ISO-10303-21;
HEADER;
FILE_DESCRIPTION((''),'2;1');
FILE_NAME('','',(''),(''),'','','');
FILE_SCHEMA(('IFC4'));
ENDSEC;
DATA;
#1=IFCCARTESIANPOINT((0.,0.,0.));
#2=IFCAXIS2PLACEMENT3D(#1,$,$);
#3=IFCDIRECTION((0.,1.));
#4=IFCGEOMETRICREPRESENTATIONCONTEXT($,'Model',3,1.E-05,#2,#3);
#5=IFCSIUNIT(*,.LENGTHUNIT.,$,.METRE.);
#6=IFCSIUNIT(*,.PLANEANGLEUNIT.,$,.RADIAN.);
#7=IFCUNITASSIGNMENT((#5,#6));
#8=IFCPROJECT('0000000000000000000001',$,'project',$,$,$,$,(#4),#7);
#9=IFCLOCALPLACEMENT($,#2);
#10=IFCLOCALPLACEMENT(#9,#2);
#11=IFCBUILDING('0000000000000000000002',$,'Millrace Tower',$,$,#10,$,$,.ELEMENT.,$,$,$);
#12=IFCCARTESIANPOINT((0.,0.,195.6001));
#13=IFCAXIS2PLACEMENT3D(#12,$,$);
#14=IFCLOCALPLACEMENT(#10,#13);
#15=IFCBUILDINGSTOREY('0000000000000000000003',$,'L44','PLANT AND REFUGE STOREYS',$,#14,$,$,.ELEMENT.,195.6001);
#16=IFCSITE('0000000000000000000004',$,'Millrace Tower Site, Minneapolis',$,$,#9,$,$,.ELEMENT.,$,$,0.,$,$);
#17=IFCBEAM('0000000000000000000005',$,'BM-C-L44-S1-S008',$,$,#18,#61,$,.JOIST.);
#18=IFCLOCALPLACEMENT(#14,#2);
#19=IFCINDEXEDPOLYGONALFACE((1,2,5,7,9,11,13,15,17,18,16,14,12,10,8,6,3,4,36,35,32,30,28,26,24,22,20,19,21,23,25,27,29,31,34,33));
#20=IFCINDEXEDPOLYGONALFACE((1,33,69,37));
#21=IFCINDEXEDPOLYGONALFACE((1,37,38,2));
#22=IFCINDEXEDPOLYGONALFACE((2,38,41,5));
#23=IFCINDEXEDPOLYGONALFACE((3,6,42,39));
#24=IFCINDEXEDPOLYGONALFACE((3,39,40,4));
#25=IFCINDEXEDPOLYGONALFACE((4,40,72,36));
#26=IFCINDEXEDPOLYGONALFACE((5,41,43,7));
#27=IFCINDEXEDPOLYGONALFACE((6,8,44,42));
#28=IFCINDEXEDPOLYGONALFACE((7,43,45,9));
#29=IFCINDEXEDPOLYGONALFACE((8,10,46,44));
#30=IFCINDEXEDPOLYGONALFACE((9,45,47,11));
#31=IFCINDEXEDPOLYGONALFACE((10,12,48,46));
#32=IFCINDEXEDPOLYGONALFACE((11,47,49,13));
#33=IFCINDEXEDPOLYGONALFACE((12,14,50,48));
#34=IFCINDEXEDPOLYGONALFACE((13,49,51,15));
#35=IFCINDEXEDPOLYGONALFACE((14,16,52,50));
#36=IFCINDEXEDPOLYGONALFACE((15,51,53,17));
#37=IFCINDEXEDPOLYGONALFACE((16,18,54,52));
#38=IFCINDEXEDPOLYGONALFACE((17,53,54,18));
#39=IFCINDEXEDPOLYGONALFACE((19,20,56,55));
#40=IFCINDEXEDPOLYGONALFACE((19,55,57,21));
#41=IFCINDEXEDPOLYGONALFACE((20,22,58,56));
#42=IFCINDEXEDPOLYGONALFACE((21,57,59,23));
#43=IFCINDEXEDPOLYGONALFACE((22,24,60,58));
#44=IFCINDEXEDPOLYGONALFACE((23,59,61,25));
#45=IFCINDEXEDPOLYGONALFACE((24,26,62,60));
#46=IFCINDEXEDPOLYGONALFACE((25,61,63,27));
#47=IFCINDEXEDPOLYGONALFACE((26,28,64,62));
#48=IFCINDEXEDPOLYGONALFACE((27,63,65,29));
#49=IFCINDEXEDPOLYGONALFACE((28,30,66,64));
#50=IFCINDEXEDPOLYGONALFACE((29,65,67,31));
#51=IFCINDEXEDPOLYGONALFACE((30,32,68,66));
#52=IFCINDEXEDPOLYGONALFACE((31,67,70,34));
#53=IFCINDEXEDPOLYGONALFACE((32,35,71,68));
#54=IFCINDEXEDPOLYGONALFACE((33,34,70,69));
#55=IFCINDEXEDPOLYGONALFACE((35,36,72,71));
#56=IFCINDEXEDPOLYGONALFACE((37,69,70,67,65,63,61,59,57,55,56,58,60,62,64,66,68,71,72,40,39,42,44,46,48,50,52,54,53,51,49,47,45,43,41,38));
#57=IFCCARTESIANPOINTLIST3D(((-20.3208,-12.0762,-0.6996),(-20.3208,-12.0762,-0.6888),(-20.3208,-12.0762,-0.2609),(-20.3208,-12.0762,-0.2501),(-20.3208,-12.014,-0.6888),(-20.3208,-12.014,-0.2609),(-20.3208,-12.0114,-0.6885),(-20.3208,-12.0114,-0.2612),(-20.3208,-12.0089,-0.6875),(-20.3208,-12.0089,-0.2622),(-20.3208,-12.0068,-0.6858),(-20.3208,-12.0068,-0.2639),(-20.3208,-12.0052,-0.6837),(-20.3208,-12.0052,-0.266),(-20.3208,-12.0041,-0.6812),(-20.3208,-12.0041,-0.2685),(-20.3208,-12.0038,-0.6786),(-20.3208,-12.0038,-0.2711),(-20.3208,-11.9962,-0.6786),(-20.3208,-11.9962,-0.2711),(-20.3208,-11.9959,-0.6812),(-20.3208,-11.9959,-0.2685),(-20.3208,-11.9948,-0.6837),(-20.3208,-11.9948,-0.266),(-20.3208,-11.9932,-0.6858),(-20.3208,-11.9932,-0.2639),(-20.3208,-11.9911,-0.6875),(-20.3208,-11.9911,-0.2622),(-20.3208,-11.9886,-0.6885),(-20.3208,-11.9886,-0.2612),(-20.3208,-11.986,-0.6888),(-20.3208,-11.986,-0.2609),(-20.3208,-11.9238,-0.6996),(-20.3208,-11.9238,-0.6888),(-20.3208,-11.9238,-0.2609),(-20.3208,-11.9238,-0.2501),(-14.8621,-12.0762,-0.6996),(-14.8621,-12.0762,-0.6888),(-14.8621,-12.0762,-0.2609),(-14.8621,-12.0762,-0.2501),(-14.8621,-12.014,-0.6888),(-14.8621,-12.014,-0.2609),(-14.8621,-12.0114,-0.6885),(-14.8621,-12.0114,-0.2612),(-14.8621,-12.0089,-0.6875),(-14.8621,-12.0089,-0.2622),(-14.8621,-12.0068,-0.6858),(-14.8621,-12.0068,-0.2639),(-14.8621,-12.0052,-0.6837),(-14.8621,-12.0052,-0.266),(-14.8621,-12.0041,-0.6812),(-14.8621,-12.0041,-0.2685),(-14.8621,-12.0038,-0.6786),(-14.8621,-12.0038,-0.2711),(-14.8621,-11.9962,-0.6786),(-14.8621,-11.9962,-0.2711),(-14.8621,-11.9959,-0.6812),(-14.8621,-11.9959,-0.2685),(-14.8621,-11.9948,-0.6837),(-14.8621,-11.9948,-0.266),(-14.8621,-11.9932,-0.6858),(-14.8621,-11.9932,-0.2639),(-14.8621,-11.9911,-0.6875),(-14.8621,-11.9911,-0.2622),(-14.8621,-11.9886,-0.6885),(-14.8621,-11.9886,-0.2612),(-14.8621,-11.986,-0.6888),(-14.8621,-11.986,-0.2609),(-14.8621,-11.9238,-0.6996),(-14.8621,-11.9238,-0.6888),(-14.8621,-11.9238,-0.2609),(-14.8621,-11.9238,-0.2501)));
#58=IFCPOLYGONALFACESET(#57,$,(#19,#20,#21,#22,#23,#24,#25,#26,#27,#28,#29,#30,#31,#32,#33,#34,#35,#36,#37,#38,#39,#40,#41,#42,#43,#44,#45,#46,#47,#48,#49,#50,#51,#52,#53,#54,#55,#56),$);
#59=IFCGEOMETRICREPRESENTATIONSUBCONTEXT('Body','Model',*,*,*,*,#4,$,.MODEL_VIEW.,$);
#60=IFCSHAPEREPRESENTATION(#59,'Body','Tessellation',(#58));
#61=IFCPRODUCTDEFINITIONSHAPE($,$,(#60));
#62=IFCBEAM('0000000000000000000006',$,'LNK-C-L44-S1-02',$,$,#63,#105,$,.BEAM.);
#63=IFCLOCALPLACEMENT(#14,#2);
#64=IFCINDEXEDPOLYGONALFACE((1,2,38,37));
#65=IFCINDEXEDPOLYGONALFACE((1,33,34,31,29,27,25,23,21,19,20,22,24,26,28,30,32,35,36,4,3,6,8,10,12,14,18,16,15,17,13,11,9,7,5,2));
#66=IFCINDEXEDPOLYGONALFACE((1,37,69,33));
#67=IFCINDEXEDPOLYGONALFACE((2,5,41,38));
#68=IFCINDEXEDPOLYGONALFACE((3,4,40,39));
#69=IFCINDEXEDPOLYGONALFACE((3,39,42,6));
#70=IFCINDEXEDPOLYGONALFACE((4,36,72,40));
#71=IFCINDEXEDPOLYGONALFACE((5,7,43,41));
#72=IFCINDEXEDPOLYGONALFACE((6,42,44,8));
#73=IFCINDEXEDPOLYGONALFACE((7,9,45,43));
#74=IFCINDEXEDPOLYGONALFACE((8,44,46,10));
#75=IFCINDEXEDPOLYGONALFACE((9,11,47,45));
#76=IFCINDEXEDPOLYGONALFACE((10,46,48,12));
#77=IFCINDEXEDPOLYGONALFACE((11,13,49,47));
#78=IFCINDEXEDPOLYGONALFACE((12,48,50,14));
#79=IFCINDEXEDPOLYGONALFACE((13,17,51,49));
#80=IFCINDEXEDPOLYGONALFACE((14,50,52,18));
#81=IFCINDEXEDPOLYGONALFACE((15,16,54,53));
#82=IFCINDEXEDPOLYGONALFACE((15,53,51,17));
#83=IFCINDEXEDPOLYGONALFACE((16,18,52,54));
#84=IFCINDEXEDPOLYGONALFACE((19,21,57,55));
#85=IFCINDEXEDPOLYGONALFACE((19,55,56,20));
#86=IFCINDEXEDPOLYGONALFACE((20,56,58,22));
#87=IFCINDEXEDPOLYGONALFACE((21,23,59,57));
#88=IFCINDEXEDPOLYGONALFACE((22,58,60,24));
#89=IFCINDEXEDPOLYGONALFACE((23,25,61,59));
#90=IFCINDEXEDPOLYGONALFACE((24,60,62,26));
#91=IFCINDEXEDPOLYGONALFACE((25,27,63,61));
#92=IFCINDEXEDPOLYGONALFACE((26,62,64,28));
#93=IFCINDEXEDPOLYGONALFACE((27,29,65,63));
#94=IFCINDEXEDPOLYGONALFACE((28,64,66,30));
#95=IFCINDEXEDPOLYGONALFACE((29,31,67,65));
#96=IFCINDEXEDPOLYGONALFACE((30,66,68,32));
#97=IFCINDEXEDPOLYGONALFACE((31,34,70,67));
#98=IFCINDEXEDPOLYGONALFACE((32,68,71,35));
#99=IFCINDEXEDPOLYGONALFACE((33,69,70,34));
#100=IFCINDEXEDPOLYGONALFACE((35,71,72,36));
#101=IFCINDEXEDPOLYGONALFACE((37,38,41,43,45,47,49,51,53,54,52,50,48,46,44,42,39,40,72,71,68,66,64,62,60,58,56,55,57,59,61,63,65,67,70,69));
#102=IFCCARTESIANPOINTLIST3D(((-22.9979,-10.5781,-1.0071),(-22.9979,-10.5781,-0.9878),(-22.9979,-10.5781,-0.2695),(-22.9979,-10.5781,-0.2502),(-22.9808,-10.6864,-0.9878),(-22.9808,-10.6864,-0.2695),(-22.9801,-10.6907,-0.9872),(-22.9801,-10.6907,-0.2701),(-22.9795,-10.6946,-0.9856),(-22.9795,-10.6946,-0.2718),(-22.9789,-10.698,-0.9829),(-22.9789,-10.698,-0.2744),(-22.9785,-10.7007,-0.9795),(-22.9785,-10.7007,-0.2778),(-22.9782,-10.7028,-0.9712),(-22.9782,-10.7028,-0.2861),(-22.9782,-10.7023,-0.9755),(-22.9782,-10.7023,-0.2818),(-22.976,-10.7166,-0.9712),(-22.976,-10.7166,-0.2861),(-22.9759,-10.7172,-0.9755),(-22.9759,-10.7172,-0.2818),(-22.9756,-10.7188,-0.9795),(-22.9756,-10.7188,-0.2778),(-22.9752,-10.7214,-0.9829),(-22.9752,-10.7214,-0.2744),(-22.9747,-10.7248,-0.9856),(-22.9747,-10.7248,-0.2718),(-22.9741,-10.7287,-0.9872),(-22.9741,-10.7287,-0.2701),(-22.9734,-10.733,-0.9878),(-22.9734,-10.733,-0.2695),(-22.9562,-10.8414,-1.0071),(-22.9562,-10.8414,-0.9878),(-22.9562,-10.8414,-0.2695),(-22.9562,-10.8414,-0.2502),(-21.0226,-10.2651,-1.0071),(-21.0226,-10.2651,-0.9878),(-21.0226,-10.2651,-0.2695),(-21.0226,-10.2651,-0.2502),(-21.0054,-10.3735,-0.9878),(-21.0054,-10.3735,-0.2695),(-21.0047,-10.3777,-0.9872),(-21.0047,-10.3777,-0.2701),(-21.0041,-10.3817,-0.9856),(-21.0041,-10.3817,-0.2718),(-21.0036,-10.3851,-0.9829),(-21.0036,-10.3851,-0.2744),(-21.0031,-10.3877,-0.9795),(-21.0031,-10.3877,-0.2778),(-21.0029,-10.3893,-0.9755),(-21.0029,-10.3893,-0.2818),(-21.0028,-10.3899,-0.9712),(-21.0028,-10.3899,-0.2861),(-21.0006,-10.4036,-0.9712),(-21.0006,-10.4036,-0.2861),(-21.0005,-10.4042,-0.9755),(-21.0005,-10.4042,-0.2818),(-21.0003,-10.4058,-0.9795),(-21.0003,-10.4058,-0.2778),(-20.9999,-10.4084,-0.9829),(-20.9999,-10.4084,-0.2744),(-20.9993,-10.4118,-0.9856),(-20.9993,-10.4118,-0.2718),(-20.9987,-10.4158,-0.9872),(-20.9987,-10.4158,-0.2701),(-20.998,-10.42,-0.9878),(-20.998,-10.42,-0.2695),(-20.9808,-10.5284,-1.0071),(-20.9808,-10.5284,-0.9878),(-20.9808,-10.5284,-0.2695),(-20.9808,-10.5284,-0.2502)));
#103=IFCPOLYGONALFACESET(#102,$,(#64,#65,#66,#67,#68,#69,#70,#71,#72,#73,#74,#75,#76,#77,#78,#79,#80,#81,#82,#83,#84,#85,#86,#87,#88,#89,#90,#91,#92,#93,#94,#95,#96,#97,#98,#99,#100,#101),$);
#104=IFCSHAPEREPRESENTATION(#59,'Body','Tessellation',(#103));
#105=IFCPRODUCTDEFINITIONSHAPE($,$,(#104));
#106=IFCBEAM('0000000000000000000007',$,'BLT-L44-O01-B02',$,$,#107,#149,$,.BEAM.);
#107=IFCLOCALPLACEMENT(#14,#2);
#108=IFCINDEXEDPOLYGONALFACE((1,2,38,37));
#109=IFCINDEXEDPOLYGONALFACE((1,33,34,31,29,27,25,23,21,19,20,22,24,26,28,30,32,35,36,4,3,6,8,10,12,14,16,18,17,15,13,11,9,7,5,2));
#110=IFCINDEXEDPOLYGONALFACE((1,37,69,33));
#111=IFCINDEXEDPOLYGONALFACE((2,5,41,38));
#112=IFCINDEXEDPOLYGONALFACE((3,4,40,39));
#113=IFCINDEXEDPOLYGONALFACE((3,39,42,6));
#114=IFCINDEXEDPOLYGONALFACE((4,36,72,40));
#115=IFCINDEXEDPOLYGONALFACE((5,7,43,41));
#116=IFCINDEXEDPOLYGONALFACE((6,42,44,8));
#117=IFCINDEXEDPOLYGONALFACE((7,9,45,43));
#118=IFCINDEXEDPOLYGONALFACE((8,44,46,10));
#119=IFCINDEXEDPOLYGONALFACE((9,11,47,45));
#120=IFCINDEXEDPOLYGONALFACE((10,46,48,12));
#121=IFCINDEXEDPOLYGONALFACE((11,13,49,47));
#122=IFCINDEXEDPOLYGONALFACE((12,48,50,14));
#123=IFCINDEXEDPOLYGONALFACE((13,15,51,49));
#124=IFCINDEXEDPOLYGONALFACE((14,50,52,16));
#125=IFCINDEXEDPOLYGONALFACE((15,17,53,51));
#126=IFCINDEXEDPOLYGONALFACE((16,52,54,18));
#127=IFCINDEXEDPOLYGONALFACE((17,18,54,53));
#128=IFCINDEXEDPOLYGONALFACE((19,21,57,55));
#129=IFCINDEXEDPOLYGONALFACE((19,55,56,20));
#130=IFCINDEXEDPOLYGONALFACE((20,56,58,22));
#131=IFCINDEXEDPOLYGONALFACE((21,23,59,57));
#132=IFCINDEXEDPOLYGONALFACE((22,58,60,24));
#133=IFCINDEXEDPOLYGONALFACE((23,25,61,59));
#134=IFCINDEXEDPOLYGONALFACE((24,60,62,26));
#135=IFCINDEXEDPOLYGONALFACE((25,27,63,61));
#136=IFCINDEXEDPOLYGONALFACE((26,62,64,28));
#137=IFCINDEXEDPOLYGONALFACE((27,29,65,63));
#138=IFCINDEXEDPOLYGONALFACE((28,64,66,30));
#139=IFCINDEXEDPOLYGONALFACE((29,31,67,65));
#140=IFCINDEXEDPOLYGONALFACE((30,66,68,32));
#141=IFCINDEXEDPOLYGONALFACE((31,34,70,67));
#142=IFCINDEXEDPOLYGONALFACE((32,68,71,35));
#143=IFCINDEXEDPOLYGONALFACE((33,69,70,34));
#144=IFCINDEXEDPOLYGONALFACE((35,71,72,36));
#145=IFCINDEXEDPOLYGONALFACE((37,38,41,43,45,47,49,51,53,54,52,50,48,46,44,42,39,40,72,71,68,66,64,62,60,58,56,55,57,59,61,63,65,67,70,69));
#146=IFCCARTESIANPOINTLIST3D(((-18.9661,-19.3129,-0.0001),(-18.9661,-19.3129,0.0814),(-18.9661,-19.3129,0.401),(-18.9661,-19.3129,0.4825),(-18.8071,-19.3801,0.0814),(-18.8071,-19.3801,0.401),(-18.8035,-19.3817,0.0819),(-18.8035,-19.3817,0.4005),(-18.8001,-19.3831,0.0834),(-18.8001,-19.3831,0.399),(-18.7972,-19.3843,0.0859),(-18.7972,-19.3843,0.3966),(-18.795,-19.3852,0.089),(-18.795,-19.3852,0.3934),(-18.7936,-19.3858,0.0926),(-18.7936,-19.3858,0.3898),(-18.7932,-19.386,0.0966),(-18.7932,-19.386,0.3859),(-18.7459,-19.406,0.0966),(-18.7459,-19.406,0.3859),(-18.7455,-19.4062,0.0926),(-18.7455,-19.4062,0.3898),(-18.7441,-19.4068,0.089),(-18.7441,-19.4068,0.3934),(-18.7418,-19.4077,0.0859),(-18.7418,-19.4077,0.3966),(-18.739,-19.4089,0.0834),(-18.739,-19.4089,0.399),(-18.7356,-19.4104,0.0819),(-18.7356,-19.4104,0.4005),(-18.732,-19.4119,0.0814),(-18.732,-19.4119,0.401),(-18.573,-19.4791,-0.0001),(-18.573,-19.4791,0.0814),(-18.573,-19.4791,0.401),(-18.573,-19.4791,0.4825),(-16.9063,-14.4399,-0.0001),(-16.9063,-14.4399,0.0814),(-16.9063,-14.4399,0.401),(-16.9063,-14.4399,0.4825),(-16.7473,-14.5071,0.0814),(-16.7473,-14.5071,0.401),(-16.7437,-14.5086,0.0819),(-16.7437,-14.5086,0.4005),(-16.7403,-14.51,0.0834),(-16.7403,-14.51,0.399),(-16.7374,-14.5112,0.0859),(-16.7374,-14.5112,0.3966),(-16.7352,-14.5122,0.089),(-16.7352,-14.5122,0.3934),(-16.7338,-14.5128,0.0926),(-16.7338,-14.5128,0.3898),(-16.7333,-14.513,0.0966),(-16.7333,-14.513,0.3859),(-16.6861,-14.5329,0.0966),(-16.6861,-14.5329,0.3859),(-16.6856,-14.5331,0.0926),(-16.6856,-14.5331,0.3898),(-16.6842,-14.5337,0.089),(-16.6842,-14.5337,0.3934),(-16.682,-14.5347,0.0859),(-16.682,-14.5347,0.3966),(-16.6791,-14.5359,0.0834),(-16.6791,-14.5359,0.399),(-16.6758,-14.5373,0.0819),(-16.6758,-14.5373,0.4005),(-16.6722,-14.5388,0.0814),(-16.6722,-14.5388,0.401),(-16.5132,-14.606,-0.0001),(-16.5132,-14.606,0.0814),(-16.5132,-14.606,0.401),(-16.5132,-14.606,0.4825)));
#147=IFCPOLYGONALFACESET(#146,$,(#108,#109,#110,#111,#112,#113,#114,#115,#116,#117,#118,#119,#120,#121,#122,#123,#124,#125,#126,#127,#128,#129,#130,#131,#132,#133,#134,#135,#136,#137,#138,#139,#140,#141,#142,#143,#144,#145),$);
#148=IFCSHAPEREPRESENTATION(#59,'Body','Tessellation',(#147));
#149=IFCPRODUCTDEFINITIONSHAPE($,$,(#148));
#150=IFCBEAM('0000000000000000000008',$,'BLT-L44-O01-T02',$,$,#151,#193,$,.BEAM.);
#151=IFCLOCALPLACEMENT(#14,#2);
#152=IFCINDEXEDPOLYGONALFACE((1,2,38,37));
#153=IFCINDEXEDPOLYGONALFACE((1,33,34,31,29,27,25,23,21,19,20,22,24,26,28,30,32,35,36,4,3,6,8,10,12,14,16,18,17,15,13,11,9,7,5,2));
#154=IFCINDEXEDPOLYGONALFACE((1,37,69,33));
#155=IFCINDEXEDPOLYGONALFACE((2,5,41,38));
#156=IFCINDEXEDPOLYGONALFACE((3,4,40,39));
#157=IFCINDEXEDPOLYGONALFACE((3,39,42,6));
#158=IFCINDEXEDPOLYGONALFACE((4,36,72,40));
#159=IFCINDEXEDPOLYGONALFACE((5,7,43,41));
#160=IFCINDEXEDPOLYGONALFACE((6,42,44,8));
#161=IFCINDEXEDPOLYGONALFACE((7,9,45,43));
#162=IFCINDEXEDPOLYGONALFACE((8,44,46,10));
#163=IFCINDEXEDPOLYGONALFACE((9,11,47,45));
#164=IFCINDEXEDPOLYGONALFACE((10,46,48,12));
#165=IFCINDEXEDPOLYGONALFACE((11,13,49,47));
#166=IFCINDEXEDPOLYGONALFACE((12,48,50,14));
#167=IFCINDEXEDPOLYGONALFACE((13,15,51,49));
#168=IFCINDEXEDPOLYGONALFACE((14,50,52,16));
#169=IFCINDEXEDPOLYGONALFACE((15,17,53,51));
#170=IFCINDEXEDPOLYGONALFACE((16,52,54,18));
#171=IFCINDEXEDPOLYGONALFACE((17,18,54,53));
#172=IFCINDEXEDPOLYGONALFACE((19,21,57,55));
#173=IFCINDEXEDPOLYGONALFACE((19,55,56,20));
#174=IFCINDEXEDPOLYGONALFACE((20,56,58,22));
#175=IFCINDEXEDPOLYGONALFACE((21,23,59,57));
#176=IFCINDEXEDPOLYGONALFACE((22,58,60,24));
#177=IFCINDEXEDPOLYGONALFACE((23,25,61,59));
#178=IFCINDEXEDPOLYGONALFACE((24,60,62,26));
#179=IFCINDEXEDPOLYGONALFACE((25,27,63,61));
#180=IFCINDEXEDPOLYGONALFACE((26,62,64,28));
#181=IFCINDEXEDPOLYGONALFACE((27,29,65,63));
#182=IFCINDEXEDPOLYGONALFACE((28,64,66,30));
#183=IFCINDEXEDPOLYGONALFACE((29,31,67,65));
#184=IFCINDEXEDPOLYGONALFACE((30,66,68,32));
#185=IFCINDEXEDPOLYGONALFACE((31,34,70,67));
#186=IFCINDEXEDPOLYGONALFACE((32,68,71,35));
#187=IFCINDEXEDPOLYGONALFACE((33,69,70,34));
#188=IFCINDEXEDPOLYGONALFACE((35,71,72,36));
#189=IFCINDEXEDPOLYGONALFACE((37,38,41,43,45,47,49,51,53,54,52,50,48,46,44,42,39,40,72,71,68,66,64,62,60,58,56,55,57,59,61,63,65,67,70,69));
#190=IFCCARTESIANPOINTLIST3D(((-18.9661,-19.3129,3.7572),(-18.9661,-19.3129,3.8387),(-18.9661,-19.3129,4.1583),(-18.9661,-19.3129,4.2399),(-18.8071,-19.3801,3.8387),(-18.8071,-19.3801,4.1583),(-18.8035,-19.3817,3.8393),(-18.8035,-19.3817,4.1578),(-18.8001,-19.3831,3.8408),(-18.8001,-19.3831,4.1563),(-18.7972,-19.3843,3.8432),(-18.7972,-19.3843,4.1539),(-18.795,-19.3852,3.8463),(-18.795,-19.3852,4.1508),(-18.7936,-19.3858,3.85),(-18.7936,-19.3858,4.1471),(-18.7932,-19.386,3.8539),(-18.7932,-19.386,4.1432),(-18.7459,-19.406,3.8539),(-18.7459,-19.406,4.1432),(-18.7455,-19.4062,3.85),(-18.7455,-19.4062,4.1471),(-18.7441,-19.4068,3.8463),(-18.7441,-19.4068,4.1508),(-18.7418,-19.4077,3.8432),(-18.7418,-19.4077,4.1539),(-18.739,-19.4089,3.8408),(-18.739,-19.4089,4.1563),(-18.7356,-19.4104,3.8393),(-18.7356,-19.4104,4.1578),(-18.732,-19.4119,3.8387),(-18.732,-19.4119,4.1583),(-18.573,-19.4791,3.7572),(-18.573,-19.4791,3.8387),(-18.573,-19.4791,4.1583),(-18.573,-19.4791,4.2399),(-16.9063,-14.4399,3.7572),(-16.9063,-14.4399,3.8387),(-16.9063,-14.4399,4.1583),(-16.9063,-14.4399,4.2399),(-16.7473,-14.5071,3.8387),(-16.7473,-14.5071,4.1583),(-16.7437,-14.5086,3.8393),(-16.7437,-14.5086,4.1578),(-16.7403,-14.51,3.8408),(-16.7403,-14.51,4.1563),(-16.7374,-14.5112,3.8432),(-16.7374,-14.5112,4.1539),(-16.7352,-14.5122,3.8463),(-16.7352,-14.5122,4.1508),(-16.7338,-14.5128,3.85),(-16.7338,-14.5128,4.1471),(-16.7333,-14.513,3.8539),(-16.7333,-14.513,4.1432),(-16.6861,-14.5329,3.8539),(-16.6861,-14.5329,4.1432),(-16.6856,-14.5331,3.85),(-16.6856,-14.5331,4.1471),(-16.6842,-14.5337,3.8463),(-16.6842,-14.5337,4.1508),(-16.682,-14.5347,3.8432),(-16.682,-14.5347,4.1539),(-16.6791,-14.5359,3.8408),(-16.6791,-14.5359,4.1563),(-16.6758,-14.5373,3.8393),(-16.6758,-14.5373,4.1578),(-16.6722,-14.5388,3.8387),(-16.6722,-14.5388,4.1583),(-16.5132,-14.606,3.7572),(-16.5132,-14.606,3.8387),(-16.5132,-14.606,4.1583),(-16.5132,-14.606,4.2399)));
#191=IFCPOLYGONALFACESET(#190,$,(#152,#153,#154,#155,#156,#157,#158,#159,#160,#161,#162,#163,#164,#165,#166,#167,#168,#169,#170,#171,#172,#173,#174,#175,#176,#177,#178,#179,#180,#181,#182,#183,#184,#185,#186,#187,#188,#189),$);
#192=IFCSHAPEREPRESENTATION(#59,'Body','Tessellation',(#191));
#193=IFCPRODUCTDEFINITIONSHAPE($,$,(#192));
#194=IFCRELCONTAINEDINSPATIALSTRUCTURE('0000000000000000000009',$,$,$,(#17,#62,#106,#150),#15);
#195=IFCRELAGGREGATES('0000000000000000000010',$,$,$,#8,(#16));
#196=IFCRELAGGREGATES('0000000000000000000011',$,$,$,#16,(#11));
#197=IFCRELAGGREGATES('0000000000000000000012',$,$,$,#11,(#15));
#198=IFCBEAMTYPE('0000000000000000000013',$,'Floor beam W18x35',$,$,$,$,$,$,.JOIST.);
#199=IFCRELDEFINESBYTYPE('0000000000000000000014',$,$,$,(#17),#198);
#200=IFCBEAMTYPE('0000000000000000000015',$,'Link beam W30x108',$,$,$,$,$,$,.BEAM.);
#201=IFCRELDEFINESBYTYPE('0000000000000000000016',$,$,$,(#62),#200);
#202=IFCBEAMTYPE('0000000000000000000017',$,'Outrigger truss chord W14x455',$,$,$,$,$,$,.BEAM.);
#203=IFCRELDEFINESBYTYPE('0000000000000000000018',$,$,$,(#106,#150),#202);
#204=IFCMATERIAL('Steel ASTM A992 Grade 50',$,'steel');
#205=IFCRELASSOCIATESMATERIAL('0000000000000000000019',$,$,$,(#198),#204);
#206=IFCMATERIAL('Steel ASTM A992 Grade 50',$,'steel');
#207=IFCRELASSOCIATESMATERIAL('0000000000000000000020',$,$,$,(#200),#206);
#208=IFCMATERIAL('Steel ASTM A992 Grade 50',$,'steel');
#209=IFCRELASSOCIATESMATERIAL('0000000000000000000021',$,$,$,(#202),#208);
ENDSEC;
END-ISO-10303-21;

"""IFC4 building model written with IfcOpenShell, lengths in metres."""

from ifc_helpers import new_model, si_unit, direction, frame, origin, origin_2d, place, context, subcontext, project, spatial, i_section, extrude, material, material_profile, profile_set, type_object, element, save


model = new_model("IFC4")

# Units and contexts
model_context = context("Model", 3, precision=1e-05, world=origin(), true_north=direction((0.0, 1.0)))
body_context = subcontext(model_context, "Body", "Model", "MODEL_VIEW")
ifc_project = project(units=[si_unit("LENGTHUNIT", "METRE"), si_unit("PLANEANGLEUNIT", "RADIAN")], contexts=[model_context])

# Site, building, storey
site_placement = place(None, origin())
site = spatial("IfcSite", under=ifc_project, at=site_placement, Name="Millrace Tower Site, Minneapolis", CompositionType="ELEMENT", RefElevation=0.0)
building_placement = place(site_placement, origin())
building = spatial("IfcBuilding", under=site, at=building_placement, Name="Millrace Tower", CompositionType="ELEMENT")
storey_placement = place(building_placement, frame((0.0, 0.0, 195.6001)))
storey = spatial("IfcBuildingStorey", under=building, at=storey_placement, Name="L44", Description="PLANT AND REFUGE STOREYS", CompositionType="ELEMENT", Elevation=195.6001)

# Beams
ifc_material_1 = material(Name="Steel ASTM A992 Grade 50", Category="steel")
ifc_material_profile_1 = material_profile(ifc_material_1, i_section(OverallWidth=0.1523, OverallDepth=0.4495, WebThickness=0.0076, FlangeThickness=0.0107, FilletRadius=0.0103, at=origin_2d()))
ifc_profile_set_1 = profile_set([ifc_material_profile_1], Name="Steel ASTM A992 Grade 50")
beam_type_1 = type_object("IfcBeamType", Name="Floor beam W18x35", PredefinedType="JOIST", material=ifc_profile_set_1)
beam_1_placement = place(storey_placement, frame((-20.3208, -12.0, -0.4749), z_axis=(1.0, 0.0, 0.0), x_axis=(0.0, 1.0, 0.0)))
element("IfcBeam", 1, at=beam_1_placement, inside=storey, type_object=beam_type_1, Name="BM-C-L44-S1-S008", PredefinedType="JOIST", context=body_context, shape_type="SweptSolid", body=[
    extrude(i_section(OverallWidth=0.1523, OverallDepth=0.4495, WebThickness=0.0076, FlangeThickness=0.0107, FilletRadius=0.0103, at=origin_2d()), origin(), (0.0, 0.0, 1.0), 5.4587),
])
ifc_material_2 = material(Name="Steel ASTM A992 Grade 50", Category="steel")
ifc_material_profile_2 = material_profile(ifc_material_2, i_section(OverallWidth=0.2666, OverallDepth=0.7568, WebThickness=0.0139, FlangeThickness=0.0193, FilletRadius=0.0166, at=origin_2d()))
ifc_profile_set_2 = profile_set([ifc_material_profile_2], Name="Steel ASTM A992 Grade 50")
beam_type_2 = type_object("IfcBeamType", Name="Link beam W30x108", PredefinedType="BEAM", material=ifc_profile_set_2)
beam_2_placement = place(storey_placement, frame((-21.0017, -10.3967, -0.6287), z_axis=(-0.987679, -0.156495, 0.0), x_axis=(0.156495, -0.987679, 0.0)))
element("IfcBeam", 2, at=beam_2_placement, inside=storey, type_object=beam_type_2, Name="LNK-C-L44-S1-02", PredefinedType="BEAM", context=body_context, shape_type="SweptSolid", body=[
    extrude(i_section(OverallWidth=0.2666, OverallDepth=0.7568, WebThickness=0.0139, FlangeThickness=0.0193, FilletRadius=0.0166, at=origin_2d()), origin(), (0.0, 0.0, 1.0), 2.0),
])
ifc_material_3 = material(Name="Steel ASTM A992 Grade 50", Category="steel")
ifc_material_profile_3 = material_profile(ifc_material_3, i_section(OverallWidth=0.4268, OverallDepth=0.4827, WebThickness=0.0513, FlangeThickness=0.0815, FilletRadius=0.0151, at=origin_2d()))
ifc_profile_set_3 = profile_set([ifc_material_profile_3], Name="Steel ASTM A992 Grade 50")
beam_type_3 = type_object("IfcBeamType", Name="Outrigger truss chord W14x455", PredefinedType="BEAM", material=ifc_profile_set_3)
for number, where, z_axis, x_axis, name in (
    (3, (-16.7097, -14.5229, 0.2412), (-0.389342, -0.921093, 0.0), (0.921093, -0.389342, 0.0), "BLT-L44-O01-B02"),
    (4, (-16.7097, -14.5229, 3.9985), (-0.389342, -0.921093, 0.0), (0.921093, -0.389342, 0.0), "BLT-L44-O01-T02"),
):
    element("IfcBeam", number, at=place(storey_placement, frame(where, z_axis=z_axis, x_axis=x_axis)), inside=storey, type_object=beam_type_3, Name=name, PredefinedType="BEAM", context=body_context, shape_type="SweptSolid", body=[
        extrude(i_section(OverallWidth=0.4268, OverallDepth=0.4827, WebThickness=0.0513, FlangeThickness=0.0815, FilletRadius=0.0151, at=origin_2d()), origin(), (0.0, 0.0, 1.0), 5.2905),
    ])

save(model, "model.ifc")
